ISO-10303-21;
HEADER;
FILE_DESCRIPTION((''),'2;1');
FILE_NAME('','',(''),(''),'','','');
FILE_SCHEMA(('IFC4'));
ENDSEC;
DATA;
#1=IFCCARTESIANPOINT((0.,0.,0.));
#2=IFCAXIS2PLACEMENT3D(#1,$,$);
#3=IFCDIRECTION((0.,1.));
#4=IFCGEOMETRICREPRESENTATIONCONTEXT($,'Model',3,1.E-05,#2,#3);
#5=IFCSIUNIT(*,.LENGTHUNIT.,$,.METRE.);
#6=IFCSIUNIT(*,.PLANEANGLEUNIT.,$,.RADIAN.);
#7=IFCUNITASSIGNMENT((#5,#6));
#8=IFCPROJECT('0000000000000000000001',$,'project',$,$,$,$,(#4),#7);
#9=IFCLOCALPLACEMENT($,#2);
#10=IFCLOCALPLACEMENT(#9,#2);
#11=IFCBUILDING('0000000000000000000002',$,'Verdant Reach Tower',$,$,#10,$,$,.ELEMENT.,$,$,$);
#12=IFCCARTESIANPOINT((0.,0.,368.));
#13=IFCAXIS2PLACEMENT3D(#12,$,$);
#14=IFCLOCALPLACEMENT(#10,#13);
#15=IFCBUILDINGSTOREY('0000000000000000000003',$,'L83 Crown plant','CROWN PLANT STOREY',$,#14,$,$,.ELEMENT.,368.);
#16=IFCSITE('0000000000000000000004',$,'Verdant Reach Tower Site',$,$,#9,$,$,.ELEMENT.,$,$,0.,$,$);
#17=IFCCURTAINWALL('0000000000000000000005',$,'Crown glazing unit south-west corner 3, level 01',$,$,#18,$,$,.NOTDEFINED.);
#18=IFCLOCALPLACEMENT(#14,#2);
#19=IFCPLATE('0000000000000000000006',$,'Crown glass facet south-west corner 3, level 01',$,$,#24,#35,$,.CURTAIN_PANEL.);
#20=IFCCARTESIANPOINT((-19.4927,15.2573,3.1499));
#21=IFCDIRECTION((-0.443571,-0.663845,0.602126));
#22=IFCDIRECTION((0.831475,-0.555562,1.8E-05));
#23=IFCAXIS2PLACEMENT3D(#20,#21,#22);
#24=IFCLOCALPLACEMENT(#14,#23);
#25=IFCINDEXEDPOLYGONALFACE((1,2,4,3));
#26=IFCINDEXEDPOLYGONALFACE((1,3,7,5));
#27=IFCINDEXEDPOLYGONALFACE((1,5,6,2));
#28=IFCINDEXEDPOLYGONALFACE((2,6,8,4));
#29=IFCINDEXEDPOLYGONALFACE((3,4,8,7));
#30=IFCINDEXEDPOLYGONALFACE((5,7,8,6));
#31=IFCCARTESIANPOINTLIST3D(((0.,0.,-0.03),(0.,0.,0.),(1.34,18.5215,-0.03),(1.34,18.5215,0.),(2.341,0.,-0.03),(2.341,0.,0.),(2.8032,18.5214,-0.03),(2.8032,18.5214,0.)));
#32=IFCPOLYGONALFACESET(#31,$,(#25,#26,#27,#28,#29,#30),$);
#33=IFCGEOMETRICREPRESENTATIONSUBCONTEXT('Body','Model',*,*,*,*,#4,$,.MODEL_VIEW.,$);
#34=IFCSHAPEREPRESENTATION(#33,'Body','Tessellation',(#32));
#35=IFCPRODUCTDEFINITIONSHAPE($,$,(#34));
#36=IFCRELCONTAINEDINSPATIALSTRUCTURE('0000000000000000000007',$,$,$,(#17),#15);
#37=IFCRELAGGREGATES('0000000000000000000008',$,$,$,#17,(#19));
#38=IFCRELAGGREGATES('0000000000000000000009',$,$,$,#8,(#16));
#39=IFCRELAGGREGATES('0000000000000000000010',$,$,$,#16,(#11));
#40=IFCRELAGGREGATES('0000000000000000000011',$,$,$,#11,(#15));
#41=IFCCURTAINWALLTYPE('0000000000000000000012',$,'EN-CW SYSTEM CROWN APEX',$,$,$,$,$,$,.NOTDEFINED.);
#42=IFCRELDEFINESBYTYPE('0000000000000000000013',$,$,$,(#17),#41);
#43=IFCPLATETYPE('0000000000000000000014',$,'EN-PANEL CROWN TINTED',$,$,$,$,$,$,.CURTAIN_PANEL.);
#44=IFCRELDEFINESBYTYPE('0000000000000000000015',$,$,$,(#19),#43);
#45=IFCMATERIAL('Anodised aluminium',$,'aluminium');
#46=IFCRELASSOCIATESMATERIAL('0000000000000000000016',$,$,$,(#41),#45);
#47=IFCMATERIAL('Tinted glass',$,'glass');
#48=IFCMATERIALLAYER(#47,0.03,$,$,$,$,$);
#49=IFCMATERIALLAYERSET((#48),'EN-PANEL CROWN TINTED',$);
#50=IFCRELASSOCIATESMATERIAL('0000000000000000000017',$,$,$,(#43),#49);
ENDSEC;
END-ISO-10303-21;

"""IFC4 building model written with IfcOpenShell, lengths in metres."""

from ifc_helpers import new_model, si_unit, direction, frame, origin, place, context, subcontext, project, spatial, polyline, outline, extrude, material, layer, layer_set, type_object, element, aggregate, save


model = new_model("IFC4")

# Units and contexts
model_context = context("Model", 3, precision=1e-05, world=origin(), true_north=direction((0.0, 1.0)))
body_context = subcontext(model_context, "Body", "Model", "MODEL_VIEW")
ifc_project = project(units=[si_unit("LENGTHUNIT", "METRE"), si_unit("PLANEANGLEUNIT", "RADIAN")], contexts=[model_context])

# Site, building, storey
site_placement = place(None, origin())
site = spatial("IfcSite", under=ifc_project, at=site_placement, Name="Verdant Reach Tower Site", CompositionType="ELEMENT", RefElevation=0.0)
building_placement = place(site_placement, origin())
building = spatial("IfcBuilding", under=site, at=building_placement, Name="Verdant Reach Tower", CompositionType="ELEMENT")
storey_placement = place(building_placement, frame((0.0, 0.0, 368.0)))
storey = spatial("IfcBuildingStorey", under=building, at=storey_placement, Name="L83 Crown plant", Description="CROWN PLANT STOREY", CompositionType="ELEMENT", Elevation=368.0)

# Curtain wall
ifc_material_1 = material(Name="Anodised aluminium", Category="aluminium")
curtain_wall_type_1 = type_object("IfcCurtainWallType", Name="EN-CW SYSTEM CROWN APEX", PredefinedType="NOTDEFINED", material=ifc_material_1)
curtain_wall_1_placement = place(storey_placement, origin())
curtain_wall_1 = element("IfcCurtainWall", 1, at=curtain_wall_1_placement, inside=storey, type_object=curtain_wall_type_1, Name="Crown glazing unit south-west corner 3, level 01", PredefinedType="NOTDEFINED")

# Plate
ifc_material_2 = material(Name="Tinted glass", Category="glass")
ifc_layer_1 = layer(ifc_material_2, 0.03)
ifc_layer_set_1 = layer_set([ifc_layer_1], Name="EN-PANEL CROWN TINTED")
plate_type = type_object("IfcPlateType", Name="EN-PANEL CROWN TINTED", PredefinedType="CURTAIN_PANEL", material=ifc_layer_set_1)
plate_1_placement = place(storey_placement, frame((-19.4927, 15.2573, 3.1499), z_axis=(-0.443571, -0.663845, 0.602126), x_axis=(0.831475, -0.555562, 0.000018)))
plate_1 = element("IfcPlate", 2, at=plate_1_placement, type_object=plate_type, Name="Crown glass facet south-west corner 3, level 01", PredefinedType="CURTAIN_PANEL", context=body_context, shape_type="SweptSolid", body=[
    extrude(outline(polyline([(0.0, 0.0), (2.341, 0.0), (2.8032, 18.5214), (1.34, 18.5215), (0.0, 0.0)])), origin(), (0.0, 0.0, -1.0), 0.03),
])
aggregate(curtain_wall_1, [plate_1])

save(model, "model.ifc")
